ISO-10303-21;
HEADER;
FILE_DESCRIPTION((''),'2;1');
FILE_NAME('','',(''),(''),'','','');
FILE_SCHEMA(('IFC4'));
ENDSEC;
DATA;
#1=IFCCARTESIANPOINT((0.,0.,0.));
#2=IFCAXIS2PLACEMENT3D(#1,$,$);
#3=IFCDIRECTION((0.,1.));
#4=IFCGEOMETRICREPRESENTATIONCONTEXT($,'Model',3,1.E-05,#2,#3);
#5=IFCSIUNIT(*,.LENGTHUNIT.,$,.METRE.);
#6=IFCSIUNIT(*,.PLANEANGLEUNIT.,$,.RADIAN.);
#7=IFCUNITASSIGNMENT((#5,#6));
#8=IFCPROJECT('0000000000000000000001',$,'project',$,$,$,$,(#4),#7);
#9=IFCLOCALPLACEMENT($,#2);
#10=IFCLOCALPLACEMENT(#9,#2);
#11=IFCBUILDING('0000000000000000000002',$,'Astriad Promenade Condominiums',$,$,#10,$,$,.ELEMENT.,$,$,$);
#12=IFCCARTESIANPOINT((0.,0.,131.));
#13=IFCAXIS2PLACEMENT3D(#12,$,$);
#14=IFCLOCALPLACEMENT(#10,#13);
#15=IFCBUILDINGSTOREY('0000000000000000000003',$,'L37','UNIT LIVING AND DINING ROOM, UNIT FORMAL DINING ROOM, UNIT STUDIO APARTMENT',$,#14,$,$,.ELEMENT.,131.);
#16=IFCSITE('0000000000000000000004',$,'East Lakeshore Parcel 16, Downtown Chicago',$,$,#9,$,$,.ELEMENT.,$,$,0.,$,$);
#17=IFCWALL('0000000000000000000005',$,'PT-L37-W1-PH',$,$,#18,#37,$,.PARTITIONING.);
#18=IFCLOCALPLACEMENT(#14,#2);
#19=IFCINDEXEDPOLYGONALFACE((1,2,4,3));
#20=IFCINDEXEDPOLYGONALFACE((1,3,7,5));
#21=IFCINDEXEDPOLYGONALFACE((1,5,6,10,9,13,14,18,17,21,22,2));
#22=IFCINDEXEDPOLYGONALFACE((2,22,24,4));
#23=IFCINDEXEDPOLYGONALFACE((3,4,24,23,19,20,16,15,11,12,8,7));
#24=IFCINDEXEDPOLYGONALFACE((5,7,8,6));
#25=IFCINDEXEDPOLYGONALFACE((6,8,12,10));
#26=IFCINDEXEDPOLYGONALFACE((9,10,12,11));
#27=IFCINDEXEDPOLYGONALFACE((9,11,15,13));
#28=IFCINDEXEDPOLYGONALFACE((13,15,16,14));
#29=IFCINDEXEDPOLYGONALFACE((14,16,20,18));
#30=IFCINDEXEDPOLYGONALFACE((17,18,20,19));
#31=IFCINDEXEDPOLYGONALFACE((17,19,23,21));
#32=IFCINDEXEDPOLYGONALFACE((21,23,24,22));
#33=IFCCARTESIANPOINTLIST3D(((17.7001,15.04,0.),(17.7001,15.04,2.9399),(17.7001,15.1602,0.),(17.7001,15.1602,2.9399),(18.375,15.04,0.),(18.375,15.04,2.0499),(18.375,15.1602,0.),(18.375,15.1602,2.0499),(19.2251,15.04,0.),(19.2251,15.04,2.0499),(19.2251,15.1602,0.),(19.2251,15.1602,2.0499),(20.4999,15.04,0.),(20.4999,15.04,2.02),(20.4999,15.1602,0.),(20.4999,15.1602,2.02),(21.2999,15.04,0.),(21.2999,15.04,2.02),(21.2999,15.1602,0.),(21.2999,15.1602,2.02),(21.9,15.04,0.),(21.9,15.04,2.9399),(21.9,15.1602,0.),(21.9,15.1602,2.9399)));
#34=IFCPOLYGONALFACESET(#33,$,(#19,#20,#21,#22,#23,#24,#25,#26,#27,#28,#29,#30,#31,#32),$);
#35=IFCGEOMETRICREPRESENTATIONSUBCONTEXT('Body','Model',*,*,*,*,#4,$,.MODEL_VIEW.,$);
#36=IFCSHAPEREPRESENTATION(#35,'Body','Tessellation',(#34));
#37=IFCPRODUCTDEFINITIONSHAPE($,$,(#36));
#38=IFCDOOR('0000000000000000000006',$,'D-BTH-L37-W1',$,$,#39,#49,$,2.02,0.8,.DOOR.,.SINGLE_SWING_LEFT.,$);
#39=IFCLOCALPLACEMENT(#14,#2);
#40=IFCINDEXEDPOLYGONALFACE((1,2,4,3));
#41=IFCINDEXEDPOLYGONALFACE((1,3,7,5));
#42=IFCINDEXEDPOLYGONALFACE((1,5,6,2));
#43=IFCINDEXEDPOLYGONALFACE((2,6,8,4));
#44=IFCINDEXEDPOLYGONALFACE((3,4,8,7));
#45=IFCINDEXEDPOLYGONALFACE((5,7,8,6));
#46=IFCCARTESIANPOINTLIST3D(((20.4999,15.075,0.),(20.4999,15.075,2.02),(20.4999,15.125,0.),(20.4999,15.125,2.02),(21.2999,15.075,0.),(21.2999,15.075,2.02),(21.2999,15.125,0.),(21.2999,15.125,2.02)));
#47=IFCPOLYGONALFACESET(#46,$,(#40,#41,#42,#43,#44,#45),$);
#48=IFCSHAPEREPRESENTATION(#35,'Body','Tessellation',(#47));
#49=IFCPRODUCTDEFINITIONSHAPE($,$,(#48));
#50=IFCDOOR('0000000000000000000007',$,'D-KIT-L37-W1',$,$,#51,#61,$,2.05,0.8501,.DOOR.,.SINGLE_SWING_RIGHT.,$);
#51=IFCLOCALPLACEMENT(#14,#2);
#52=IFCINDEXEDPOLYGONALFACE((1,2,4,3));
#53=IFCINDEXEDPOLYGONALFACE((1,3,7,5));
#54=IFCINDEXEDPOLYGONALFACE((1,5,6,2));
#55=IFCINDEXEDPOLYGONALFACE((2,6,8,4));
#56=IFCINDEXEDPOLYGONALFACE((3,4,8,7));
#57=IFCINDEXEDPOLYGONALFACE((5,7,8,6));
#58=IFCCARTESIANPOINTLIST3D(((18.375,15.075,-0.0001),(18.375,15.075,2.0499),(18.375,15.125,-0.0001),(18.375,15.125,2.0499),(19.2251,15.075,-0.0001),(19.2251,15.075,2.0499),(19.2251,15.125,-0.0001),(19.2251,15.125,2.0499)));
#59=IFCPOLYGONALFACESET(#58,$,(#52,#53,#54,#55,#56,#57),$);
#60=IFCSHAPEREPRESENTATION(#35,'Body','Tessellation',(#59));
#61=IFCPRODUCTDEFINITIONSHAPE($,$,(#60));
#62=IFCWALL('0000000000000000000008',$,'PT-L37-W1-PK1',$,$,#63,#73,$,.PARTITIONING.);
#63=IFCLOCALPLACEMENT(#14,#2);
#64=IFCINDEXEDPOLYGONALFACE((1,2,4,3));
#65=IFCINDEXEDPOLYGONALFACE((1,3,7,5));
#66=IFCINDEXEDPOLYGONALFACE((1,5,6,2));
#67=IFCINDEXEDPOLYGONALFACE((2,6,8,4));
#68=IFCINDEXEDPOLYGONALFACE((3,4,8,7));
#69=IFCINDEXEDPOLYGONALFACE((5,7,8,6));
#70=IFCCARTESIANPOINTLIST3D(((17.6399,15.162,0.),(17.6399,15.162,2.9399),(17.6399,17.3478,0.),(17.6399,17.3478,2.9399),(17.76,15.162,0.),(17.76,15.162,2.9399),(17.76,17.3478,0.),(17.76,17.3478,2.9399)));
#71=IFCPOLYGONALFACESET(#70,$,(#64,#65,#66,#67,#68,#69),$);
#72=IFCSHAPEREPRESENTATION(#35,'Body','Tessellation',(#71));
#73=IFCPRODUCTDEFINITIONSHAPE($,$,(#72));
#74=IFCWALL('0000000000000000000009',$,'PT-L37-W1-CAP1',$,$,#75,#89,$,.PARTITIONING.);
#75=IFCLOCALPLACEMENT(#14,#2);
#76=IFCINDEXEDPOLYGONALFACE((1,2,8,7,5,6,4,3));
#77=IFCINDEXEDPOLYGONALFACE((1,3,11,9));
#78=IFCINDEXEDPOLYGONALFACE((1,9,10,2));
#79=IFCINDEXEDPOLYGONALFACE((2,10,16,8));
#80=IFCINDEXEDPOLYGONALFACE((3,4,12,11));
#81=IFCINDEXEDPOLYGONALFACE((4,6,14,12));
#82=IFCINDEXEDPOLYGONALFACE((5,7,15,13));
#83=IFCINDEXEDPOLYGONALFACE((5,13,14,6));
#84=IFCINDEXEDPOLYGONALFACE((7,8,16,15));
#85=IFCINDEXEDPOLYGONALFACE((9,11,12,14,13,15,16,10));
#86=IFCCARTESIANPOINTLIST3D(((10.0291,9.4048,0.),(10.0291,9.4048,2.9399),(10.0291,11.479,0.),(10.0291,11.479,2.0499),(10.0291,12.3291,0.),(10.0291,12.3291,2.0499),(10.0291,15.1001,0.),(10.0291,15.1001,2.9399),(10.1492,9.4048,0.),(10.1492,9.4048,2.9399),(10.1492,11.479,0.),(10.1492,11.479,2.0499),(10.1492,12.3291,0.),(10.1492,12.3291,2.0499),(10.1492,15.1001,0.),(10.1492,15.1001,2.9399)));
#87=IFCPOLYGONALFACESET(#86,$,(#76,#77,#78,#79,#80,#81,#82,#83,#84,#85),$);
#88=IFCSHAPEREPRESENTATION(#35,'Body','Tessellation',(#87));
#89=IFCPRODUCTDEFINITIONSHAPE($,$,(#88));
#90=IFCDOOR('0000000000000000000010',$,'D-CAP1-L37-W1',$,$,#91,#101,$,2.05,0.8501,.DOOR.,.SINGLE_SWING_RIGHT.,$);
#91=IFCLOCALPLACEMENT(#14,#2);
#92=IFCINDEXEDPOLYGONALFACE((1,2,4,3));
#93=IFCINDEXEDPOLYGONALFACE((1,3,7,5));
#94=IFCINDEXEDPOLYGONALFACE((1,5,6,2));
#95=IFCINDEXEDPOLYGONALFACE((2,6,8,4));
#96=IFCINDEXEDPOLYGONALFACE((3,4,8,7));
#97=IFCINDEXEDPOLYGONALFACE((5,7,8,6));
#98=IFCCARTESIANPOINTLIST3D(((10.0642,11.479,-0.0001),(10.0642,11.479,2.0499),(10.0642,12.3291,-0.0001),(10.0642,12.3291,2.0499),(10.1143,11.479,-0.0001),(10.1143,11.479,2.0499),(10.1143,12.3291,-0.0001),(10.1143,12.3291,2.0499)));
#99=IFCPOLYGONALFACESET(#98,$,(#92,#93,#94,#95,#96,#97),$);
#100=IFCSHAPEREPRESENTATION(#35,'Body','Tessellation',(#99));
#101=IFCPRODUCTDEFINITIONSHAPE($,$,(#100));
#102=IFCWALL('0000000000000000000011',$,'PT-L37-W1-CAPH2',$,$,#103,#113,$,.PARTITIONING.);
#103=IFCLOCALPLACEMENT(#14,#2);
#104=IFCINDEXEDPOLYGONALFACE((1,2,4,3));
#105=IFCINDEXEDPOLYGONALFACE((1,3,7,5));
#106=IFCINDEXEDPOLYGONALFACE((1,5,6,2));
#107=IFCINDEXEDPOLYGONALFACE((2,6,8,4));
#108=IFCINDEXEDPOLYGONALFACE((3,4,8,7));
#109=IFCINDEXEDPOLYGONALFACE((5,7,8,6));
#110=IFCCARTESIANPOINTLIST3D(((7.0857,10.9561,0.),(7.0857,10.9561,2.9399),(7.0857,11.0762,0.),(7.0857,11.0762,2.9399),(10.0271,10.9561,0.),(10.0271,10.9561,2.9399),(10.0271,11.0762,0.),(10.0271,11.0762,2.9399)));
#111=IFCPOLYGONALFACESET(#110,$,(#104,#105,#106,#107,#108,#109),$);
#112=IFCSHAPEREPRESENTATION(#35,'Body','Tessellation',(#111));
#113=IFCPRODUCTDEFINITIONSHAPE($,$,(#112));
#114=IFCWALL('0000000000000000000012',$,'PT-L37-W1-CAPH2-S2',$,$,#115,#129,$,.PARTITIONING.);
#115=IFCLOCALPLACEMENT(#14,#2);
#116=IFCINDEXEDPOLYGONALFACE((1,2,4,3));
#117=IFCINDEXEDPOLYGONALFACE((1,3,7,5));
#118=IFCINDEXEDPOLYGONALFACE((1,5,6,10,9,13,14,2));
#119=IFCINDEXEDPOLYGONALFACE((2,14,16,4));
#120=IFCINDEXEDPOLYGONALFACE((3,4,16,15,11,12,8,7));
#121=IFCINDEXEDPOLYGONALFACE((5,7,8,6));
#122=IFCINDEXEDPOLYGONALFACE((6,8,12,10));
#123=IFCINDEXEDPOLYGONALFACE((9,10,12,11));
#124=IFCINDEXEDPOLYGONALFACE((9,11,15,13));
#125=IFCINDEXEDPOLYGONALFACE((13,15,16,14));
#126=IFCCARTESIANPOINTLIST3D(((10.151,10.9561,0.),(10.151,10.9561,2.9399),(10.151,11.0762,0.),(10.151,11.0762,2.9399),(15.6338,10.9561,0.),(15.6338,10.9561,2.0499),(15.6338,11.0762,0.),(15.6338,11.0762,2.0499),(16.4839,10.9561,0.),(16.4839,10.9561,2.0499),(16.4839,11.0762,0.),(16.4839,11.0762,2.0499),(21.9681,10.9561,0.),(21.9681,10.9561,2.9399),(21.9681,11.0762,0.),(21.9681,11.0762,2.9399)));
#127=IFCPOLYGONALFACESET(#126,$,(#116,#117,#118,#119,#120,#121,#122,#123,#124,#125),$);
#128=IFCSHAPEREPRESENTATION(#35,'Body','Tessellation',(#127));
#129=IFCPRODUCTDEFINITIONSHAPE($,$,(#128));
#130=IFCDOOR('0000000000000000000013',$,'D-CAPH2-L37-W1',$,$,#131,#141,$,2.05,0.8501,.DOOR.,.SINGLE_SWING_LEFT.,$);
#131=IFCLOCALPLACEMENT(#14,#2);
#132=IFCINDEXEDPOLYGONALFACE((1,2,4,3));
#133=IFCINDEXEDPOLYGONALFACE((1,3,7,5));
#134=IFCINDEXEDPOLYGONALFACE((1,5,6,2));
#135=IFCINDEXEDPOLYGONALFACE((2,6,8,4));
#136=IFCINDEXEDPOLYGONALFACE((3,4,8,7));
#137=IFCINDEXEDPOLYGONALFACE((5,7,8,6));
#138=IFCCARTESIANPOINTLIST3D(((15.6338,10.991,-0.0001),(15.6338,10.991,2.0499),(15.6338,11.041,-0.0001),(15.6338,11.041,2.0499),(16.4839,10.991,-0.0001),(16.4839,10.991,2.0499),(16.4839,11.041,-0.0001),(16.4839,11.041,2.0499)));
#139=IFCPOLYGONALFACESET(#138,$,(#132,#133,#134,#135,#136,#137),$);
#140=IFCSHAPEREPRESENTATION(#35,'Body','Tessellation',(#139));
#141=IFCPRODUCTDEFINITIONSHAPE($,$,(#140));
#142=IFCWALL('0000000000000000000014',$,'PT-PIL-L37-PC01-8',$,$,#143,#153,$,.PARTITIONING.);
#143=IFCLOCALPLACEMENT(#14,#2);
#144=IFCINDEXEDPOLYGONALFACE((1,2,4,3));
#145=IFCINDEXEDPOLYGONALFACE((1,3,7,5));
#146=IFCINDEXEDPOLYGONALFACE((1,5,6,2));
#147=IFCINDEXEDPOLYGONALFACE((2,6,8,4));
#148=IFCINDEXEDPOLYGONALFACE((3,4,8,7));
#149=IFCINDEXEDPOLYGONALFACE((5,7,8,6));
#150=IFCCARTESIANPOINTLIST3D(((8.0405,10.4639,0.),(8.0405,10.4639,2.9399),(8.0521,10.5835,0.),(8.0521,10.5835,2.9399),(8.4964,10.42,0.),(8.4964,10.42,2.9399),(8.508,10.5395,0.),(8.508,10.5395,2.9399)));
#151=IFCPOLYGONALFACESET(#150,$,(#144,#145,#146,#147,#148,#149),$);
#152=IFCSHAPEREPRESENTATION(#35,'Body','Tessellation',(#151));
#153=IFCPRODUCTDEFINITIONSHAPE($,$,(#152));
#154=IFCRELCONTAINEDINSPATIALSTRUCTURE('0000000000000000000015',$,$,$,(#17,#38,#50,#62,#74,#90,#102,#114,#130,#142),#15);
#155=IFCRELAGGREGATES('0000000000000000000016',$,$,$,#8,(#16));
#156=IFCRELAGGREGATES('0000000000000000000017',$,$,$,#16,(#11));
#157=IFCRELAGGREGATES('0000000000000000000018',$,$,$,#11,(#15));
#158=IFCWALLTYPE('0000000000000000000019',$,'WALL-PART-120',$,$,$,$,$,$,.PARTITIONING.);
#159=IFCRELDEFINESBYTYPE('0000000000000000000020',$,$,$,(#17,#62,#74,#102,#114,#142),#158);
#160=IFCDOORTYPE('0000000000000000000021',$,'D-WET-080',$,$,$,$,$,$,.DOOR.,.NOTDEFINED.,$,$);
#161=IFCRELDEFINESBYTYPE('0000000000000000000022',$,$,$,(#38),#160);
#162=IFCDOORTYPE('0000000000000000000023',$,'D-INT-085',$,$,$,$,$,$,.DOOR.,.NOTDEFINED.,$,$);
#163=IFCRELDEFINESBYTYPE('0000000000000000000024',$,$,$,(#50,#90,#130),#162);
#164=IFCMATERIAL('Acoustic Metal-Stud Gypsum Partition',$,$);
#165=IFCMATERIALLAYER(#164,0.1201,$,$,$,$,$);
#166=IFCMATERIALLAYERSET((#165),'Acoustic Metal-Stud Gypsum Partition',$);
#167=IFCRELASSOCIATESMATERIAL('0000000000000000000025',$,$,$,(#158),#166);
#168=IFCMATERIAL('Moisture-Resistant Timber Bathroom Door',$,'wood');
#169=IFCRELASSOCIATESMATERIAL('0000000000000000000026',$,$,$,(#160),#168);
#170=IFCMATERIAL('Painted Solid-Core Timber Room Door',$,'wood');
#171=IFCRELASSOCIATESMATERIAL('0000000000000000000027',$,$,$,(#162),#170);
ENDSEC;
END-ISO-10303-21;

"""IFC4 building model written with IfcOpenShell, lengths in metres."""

from ifc_helpers import new_model, si_unit, direction, frame, frame_2d, origin, place, context, subcontext, project, spatial, rectangle, extrude, source, transform, mapped, material, layer, layer_set, type_object, type_shapes, element, fill, save


model = new_model("IFC4")

# Units and contexts
model_context = context("Model", 3, precision=1e-05, world=origin(), true_north=direction((0.0, 1.0)))
body_context = subcontext(model_context, "Body", "Model", "MODEL_VIEW")
ifc_project = project(units=[si_unit("LENGTHUNIT", "METRE"), si_unit("PLANEANGLEUNIT", "RADIAN")], contexts=[model_context])

# Site, building, storey
site_placement = place(None, origin())
site = spatial("IfcSite", under=ifc_project, at=site_placement, Name="East Lakeshore Parcel 16, Downtown Chicago", CompositionType="ELEMENT", RefElevation=0.0)
building_placement = place(site_placement, origin())
building = spatial("IfcBuilding", under=site, at=building_placement, Name="Astriad Promenade Condominiums", CompositionType="ELEMENT")
storey_placement = place(building_placement, frame((0.0, 0.0, 131.0)))
storey = spatial("IfcBuildingStorey", under=building, at=storey_placement, Name="L37", Description="UNIT LIVING AND DINING ROOM, UNIT FORMAL DINING ROOM, UNIT STUDIO APARTMENT", CompositionType="ELEMENT", Elevation=131.0)

# Wall, openings, doors
ifc_material_1 = material(Name="Acoustic Metal-Stud Gypsum Partition")
ifc_layer_1 = layer(ifc_material_1, 0.1201)
ifc_layer_set_1 = layer_set([ifc_layer_1], Name="Acoustic Metal-Stud Gypsum Partition")
wall_type_1 = type_object("IfcWallType", Name="WALL-PART-120", PredefinedType="PARTITIONING", material=ifc_layer_set_1)
wall_1_placement = place(storey_placement, frame((17.7, 15.1001, 0.0), z_axis=(0.0, 0.0, 1.0), x_axis=(1.0, 0.0, 0.0)))
wall_1 = element("IfcWall", 1, at=wall_1_placement, inside=storey, type_object=wall_type_1, Name="PT-L37-W1-PH", PredefinedType="PARTITIONING", context=body_context, shape_type="SweptSolid", body=[
    extrude(rectangle(XDim=4.2, YDim=0.1201, at=frame_2d((2.1001, 0.0))), origin(), (0.0, 0.0, 1.0), 2.9399),
])
opening_1_placement = place(wall_1_placement, frame((0.675, 0.0, 0.0)))
opening_1 = element("IfcOpeningElement", 2, at=opening_1_placement, cuts=wall_1, PredefinedType="OPENING", context=body_context, shape_type="SweptSolid", body=[
    extrude(rectangle(XDim=0.8501, YDim=2.05, at=frame_2d((0.425, 1.0249))), frame((0.0, 0.0701, 0.0), z_axis=(0.0, -1.0, 0.0), x_axis=(1.0, 0.0, 0.0)), (0.0, 0.0, 1.0), 0.1401),
])
opening_2_placement = place(wall_1_placement, frame((2.8, 0.0, 0.0)))
opening_2 = element("IfcOpeningElement", 3, at=opening_2_placement, cuts=wall_1, PredefinedType="OPENING", context=body_context, shape_type="SweptSolid", body=[
    extrude(rectangle(XDim=0.8, YDim=2.02, at=frame_2d((0.3999, 1.01))), frame((0.0, 0.0701, 0.0), z_axis=(0.0, -1.0, 0.0), x_axis=(1.0, 0.0, 0.0)), (0.0, 0.0, 1.0), 0.1401),
])
ifc_material_2 = material(Name="Moisture-Resistant Timber Bathroom Door", Category="wood")
door_type_1 = type_object("IfcDoorType", Name="D-WET-080", OperationType="NOTDEFINED", PredefinedType="DOOR", material=ifc_material_2)
shared_shape_1 = source(origin(), body_context, "Body", "SweptSolid", [
    extrude(rectangle(XDim=0.8, YDim=2.02, at=frame_2d((0.3999, 1.01))), frame((0.0, 0.0249, 0.0), z_axis=(0.0, -1.0, 0.0), x_axis=(1.0, 0.0, 0.0)), (0.0, 0.0, 1.0), 0.05),
])
type_shapes(door_type_1, [shared_shape_1])
door_1_placement = place(opening_2_placement, origin())
door_1 = element("IfcDoor", 4, at=door_1_placement, inside=storey, type_object=door_type_1, Name="D-BTH-L37-W1", OperationType="SINGLE_SWING_LEFT", OverallHeight=2.02, OverallWidth=0.8, PredefinedType="DOOR", context=body_context, shape_type="MappedRepresentation", body=[
    mapped(shared_shape_1, transform((0.0, 0.0, 0.0), scale=1.0)),
])
fill(opening_2, door_1)
ifc_material_3 = material(Name="Painted Solid-Core Timber Room Door", Category="wood")
door_type_2 = type_object("IfcDoorType", Name="D-INT-085", OperationType="NOTDEFINED", PredefinedType="DOOR", material=ifc_material_3)
shared_shape_2 = source(origin(), body_context, "Body", "SweptSolid", [
    extrude(rectangle(XDim=0.8501, YDim=2.05, at=frame_2d((0.425, 1.0249))), frame((0.0, 0.0249, 0.0), z_axis=(0.0, -1.0, 0.0), x_axis=(1.0, 0.0, 0.0)), (0.0, 0.0, 1.0), 0.05),
])
type_shapes(door_type_2, [shared_shape_2])
door_2_placement = place(opening_1_placement, origin())
door_2 = element("IfcDoor", 5, at=door_2_placement, inside=storey, type_object=door_type_2, Name="D-KIT-L37-W1", OperationType="SINGLE_SWING_RIGHT", OverallHeight=2.05, OverallWidth=0.8501, PredefinedType="DOOR", context=body_context, shape_type="MappedRepresentation", body=[
    mapped(shared_shape_2, transform((0.0, 0.0, 0.0), scale=1.0)),
])
fill(opening_1, door_2)

# Wall
wall_2_placement = place(storey_placement, frame((17.7, 15.1621, 0.0), z_axis=(0.0, 0.0, 1.0), x_axis=(0.0, 1.0, 0.0)))
element("IfcWall", 6, at=wall_2_placement, inside=storey, type_object=wall_type_1, Name="PT-L37-W1-PK1", PredefinedType="PARTITIONING", context=body_context, shape_type="SweptSolid", body=[
    extrude(rectangle(XDim=2.1858, YDim=0.1201, at=frame_2d((1.0928, 0.0))), origin(), (0.0, 0.0, 1.0), 2.9399),
])

# Wall, opening, door
wall_3_placement = place(storey_placement, frame((10.0891, 9.4048, 0.0), z_axis=(0.0, 0.0, 1.0), x_axis=(0.0, 1.0, 0.0)))
wall_3 = element("IfcWall", 7, at=wall_3_placement, inside=storey, type_object=wall_type_1, Name="PT-L37-W1-CAP1", PredefinedType="PARTITIONING", context=body_context, shape_type="SweptSolid", body=[
    extrude(rectangle(XDim=5.6953, YDim=0.1201, at=frame_2d((2.8477, 0.0))), origin(), (0.0, 0.0, 1.0), 2.9399),
])
opening_3_placement = place(wall_3_placement, frame((2.0742, 0.0, 0.0)))
opening_3 = element("IfcOpeningElement", 8, at=opening_3_placement, cuts=wall_3, PredefinedType="OPENING", context=body_context, shape_type="SweptSolid", body=[
    extrude(rectangle(XDim=0.8501, YDim=2.05, at=frame_2d((0.425, 1.0249))), frame((0.0, 0.0701, 0.0), z_axis=(0.0, -1.0, 0.0), x_axis=(1.0, 0.0, 0.0)), (0.0, 0.0, 1.0), 0.1401),
])
door_3_placement = place(opening_3_placement, origin())
door_3 = element("IfcDoor", 9, at=door_3_placement, inside=storey, type_object=door_type_2, Name="D-CAP1-L37-W1", OperationType="SINGLE_SWING_RIGHT", OverallHeight=2.05, OverallWidth=0.8501, PredefinedType="DOOR", context=body_context, shape_type="MappedRepresentation", body=[
    mapped(shared_shape_2, transform((0.0, 0.0, 0.0), scale=1.0)),
])
fill(opening_3, door_3)

# Wall
wall_4_placement = place(storey_placement, frame((7.0857, 11.0161, 0.0), z_axis=(0.0, 0.0, 1.0), x_axis=(1.0, 0.0, 0.0)))
element("IfcWall", 10, at=wall_4_placement, inside=storey, type_object=wall_type_1, Name="PT-L37-W1-CAPH2", PredefinedType="PARTITIONING", context=body_context, shape_type="SweptSolid", body=[
    extrude(rectangle(XDim=2.9414, YDim=0.1201, at=frame_2d((1.4707, 0.0))), origin(), (0.0, 0.0, 1.0), 2.9399),
])

# Wall, opening, door
wall_5_placement = place(storey_placement, frame((10.1509, 11.0161, 0.0), z_axis=(0.0, 0.0, 1.0), x_axis=(1.0, 0.0, 0.0)))
wall_5 = element("IfcWall", 11, at=wall_5_placement, inside=storey, type_object=wall_type_1, Name="PT-L37-W1-CAPH2-S2", PredefinedType="PARTITIONING", context=body_context, shape_type="SweptSolid", body=[
    extrude(rectangle(XDim=11.8171, YDim=0.1201, at=frame_2d((5.9087, 0.0))), origin(), (0.0, 0.0, 1.0), 2.9399),
])
opening_4_placement = place(wall_5_placement, frame((5.4829, 0.0, 0.0)))
opening_4 = element("IfcOpeningElement", 12, at=opening_4_placement, cuts=wall_5, PredefinedType="OPENING", context=body_context, shape_type="SweptSolid", body=[
    extrude(rectangle(XDim=0.8501, YDim=2.05, at=frame_2d((0.425, 1.0249))), frame((0.0, 0.0701, 0.0), z_axis=(0.0, -1.0, 0.0), x_axis=(1.0, 0.0, 0.0)), (0.0, 0.0, 1.0), 0.1401),
])
door_4_placement = place(opening_4_placement, origin())
door_4 = element("IfcDoor", 13, at=door_4_placement, inside=storey, type_object=door_type_2, Name="D-CAPH2-L37-W1", OperationType="SINGLE_SWING_LEFT", OverallHeight=2.05, OverallWidth=0.8501, PredefinedType="DOOR", context=body_context, shape_type="MappedRepresentation", body=[
    mapped(shared_shape_2, transform((0.0, 0.0, 0.0), scale=1.0)),
])
fill(opening_4, door_4)

# Wall
wall_6_placement = place(storey_placement, frame((8.5022, 10.4797, 0.0), z_axis=(0.0, 0.0, 1.0), x_axis=(-0.995385, 0.095966, 0.0)))
element("IfcWall", 14, at=wall_6_placement, inside=storey, type_object=wall_type_1, Name="PT-PIL-L37-PC01-8", PredefinedType="PARTITIONING", context=body_context, shape_type="SweptSolid", body=[
    extrude(rectangle(XDim=0.458, YDim=0.1201, at=frame_2d((0.229, 0.0))), origin(), (0.0, 0.0, 1.0), 2.9399),
])

save(model, "model.ifc")
